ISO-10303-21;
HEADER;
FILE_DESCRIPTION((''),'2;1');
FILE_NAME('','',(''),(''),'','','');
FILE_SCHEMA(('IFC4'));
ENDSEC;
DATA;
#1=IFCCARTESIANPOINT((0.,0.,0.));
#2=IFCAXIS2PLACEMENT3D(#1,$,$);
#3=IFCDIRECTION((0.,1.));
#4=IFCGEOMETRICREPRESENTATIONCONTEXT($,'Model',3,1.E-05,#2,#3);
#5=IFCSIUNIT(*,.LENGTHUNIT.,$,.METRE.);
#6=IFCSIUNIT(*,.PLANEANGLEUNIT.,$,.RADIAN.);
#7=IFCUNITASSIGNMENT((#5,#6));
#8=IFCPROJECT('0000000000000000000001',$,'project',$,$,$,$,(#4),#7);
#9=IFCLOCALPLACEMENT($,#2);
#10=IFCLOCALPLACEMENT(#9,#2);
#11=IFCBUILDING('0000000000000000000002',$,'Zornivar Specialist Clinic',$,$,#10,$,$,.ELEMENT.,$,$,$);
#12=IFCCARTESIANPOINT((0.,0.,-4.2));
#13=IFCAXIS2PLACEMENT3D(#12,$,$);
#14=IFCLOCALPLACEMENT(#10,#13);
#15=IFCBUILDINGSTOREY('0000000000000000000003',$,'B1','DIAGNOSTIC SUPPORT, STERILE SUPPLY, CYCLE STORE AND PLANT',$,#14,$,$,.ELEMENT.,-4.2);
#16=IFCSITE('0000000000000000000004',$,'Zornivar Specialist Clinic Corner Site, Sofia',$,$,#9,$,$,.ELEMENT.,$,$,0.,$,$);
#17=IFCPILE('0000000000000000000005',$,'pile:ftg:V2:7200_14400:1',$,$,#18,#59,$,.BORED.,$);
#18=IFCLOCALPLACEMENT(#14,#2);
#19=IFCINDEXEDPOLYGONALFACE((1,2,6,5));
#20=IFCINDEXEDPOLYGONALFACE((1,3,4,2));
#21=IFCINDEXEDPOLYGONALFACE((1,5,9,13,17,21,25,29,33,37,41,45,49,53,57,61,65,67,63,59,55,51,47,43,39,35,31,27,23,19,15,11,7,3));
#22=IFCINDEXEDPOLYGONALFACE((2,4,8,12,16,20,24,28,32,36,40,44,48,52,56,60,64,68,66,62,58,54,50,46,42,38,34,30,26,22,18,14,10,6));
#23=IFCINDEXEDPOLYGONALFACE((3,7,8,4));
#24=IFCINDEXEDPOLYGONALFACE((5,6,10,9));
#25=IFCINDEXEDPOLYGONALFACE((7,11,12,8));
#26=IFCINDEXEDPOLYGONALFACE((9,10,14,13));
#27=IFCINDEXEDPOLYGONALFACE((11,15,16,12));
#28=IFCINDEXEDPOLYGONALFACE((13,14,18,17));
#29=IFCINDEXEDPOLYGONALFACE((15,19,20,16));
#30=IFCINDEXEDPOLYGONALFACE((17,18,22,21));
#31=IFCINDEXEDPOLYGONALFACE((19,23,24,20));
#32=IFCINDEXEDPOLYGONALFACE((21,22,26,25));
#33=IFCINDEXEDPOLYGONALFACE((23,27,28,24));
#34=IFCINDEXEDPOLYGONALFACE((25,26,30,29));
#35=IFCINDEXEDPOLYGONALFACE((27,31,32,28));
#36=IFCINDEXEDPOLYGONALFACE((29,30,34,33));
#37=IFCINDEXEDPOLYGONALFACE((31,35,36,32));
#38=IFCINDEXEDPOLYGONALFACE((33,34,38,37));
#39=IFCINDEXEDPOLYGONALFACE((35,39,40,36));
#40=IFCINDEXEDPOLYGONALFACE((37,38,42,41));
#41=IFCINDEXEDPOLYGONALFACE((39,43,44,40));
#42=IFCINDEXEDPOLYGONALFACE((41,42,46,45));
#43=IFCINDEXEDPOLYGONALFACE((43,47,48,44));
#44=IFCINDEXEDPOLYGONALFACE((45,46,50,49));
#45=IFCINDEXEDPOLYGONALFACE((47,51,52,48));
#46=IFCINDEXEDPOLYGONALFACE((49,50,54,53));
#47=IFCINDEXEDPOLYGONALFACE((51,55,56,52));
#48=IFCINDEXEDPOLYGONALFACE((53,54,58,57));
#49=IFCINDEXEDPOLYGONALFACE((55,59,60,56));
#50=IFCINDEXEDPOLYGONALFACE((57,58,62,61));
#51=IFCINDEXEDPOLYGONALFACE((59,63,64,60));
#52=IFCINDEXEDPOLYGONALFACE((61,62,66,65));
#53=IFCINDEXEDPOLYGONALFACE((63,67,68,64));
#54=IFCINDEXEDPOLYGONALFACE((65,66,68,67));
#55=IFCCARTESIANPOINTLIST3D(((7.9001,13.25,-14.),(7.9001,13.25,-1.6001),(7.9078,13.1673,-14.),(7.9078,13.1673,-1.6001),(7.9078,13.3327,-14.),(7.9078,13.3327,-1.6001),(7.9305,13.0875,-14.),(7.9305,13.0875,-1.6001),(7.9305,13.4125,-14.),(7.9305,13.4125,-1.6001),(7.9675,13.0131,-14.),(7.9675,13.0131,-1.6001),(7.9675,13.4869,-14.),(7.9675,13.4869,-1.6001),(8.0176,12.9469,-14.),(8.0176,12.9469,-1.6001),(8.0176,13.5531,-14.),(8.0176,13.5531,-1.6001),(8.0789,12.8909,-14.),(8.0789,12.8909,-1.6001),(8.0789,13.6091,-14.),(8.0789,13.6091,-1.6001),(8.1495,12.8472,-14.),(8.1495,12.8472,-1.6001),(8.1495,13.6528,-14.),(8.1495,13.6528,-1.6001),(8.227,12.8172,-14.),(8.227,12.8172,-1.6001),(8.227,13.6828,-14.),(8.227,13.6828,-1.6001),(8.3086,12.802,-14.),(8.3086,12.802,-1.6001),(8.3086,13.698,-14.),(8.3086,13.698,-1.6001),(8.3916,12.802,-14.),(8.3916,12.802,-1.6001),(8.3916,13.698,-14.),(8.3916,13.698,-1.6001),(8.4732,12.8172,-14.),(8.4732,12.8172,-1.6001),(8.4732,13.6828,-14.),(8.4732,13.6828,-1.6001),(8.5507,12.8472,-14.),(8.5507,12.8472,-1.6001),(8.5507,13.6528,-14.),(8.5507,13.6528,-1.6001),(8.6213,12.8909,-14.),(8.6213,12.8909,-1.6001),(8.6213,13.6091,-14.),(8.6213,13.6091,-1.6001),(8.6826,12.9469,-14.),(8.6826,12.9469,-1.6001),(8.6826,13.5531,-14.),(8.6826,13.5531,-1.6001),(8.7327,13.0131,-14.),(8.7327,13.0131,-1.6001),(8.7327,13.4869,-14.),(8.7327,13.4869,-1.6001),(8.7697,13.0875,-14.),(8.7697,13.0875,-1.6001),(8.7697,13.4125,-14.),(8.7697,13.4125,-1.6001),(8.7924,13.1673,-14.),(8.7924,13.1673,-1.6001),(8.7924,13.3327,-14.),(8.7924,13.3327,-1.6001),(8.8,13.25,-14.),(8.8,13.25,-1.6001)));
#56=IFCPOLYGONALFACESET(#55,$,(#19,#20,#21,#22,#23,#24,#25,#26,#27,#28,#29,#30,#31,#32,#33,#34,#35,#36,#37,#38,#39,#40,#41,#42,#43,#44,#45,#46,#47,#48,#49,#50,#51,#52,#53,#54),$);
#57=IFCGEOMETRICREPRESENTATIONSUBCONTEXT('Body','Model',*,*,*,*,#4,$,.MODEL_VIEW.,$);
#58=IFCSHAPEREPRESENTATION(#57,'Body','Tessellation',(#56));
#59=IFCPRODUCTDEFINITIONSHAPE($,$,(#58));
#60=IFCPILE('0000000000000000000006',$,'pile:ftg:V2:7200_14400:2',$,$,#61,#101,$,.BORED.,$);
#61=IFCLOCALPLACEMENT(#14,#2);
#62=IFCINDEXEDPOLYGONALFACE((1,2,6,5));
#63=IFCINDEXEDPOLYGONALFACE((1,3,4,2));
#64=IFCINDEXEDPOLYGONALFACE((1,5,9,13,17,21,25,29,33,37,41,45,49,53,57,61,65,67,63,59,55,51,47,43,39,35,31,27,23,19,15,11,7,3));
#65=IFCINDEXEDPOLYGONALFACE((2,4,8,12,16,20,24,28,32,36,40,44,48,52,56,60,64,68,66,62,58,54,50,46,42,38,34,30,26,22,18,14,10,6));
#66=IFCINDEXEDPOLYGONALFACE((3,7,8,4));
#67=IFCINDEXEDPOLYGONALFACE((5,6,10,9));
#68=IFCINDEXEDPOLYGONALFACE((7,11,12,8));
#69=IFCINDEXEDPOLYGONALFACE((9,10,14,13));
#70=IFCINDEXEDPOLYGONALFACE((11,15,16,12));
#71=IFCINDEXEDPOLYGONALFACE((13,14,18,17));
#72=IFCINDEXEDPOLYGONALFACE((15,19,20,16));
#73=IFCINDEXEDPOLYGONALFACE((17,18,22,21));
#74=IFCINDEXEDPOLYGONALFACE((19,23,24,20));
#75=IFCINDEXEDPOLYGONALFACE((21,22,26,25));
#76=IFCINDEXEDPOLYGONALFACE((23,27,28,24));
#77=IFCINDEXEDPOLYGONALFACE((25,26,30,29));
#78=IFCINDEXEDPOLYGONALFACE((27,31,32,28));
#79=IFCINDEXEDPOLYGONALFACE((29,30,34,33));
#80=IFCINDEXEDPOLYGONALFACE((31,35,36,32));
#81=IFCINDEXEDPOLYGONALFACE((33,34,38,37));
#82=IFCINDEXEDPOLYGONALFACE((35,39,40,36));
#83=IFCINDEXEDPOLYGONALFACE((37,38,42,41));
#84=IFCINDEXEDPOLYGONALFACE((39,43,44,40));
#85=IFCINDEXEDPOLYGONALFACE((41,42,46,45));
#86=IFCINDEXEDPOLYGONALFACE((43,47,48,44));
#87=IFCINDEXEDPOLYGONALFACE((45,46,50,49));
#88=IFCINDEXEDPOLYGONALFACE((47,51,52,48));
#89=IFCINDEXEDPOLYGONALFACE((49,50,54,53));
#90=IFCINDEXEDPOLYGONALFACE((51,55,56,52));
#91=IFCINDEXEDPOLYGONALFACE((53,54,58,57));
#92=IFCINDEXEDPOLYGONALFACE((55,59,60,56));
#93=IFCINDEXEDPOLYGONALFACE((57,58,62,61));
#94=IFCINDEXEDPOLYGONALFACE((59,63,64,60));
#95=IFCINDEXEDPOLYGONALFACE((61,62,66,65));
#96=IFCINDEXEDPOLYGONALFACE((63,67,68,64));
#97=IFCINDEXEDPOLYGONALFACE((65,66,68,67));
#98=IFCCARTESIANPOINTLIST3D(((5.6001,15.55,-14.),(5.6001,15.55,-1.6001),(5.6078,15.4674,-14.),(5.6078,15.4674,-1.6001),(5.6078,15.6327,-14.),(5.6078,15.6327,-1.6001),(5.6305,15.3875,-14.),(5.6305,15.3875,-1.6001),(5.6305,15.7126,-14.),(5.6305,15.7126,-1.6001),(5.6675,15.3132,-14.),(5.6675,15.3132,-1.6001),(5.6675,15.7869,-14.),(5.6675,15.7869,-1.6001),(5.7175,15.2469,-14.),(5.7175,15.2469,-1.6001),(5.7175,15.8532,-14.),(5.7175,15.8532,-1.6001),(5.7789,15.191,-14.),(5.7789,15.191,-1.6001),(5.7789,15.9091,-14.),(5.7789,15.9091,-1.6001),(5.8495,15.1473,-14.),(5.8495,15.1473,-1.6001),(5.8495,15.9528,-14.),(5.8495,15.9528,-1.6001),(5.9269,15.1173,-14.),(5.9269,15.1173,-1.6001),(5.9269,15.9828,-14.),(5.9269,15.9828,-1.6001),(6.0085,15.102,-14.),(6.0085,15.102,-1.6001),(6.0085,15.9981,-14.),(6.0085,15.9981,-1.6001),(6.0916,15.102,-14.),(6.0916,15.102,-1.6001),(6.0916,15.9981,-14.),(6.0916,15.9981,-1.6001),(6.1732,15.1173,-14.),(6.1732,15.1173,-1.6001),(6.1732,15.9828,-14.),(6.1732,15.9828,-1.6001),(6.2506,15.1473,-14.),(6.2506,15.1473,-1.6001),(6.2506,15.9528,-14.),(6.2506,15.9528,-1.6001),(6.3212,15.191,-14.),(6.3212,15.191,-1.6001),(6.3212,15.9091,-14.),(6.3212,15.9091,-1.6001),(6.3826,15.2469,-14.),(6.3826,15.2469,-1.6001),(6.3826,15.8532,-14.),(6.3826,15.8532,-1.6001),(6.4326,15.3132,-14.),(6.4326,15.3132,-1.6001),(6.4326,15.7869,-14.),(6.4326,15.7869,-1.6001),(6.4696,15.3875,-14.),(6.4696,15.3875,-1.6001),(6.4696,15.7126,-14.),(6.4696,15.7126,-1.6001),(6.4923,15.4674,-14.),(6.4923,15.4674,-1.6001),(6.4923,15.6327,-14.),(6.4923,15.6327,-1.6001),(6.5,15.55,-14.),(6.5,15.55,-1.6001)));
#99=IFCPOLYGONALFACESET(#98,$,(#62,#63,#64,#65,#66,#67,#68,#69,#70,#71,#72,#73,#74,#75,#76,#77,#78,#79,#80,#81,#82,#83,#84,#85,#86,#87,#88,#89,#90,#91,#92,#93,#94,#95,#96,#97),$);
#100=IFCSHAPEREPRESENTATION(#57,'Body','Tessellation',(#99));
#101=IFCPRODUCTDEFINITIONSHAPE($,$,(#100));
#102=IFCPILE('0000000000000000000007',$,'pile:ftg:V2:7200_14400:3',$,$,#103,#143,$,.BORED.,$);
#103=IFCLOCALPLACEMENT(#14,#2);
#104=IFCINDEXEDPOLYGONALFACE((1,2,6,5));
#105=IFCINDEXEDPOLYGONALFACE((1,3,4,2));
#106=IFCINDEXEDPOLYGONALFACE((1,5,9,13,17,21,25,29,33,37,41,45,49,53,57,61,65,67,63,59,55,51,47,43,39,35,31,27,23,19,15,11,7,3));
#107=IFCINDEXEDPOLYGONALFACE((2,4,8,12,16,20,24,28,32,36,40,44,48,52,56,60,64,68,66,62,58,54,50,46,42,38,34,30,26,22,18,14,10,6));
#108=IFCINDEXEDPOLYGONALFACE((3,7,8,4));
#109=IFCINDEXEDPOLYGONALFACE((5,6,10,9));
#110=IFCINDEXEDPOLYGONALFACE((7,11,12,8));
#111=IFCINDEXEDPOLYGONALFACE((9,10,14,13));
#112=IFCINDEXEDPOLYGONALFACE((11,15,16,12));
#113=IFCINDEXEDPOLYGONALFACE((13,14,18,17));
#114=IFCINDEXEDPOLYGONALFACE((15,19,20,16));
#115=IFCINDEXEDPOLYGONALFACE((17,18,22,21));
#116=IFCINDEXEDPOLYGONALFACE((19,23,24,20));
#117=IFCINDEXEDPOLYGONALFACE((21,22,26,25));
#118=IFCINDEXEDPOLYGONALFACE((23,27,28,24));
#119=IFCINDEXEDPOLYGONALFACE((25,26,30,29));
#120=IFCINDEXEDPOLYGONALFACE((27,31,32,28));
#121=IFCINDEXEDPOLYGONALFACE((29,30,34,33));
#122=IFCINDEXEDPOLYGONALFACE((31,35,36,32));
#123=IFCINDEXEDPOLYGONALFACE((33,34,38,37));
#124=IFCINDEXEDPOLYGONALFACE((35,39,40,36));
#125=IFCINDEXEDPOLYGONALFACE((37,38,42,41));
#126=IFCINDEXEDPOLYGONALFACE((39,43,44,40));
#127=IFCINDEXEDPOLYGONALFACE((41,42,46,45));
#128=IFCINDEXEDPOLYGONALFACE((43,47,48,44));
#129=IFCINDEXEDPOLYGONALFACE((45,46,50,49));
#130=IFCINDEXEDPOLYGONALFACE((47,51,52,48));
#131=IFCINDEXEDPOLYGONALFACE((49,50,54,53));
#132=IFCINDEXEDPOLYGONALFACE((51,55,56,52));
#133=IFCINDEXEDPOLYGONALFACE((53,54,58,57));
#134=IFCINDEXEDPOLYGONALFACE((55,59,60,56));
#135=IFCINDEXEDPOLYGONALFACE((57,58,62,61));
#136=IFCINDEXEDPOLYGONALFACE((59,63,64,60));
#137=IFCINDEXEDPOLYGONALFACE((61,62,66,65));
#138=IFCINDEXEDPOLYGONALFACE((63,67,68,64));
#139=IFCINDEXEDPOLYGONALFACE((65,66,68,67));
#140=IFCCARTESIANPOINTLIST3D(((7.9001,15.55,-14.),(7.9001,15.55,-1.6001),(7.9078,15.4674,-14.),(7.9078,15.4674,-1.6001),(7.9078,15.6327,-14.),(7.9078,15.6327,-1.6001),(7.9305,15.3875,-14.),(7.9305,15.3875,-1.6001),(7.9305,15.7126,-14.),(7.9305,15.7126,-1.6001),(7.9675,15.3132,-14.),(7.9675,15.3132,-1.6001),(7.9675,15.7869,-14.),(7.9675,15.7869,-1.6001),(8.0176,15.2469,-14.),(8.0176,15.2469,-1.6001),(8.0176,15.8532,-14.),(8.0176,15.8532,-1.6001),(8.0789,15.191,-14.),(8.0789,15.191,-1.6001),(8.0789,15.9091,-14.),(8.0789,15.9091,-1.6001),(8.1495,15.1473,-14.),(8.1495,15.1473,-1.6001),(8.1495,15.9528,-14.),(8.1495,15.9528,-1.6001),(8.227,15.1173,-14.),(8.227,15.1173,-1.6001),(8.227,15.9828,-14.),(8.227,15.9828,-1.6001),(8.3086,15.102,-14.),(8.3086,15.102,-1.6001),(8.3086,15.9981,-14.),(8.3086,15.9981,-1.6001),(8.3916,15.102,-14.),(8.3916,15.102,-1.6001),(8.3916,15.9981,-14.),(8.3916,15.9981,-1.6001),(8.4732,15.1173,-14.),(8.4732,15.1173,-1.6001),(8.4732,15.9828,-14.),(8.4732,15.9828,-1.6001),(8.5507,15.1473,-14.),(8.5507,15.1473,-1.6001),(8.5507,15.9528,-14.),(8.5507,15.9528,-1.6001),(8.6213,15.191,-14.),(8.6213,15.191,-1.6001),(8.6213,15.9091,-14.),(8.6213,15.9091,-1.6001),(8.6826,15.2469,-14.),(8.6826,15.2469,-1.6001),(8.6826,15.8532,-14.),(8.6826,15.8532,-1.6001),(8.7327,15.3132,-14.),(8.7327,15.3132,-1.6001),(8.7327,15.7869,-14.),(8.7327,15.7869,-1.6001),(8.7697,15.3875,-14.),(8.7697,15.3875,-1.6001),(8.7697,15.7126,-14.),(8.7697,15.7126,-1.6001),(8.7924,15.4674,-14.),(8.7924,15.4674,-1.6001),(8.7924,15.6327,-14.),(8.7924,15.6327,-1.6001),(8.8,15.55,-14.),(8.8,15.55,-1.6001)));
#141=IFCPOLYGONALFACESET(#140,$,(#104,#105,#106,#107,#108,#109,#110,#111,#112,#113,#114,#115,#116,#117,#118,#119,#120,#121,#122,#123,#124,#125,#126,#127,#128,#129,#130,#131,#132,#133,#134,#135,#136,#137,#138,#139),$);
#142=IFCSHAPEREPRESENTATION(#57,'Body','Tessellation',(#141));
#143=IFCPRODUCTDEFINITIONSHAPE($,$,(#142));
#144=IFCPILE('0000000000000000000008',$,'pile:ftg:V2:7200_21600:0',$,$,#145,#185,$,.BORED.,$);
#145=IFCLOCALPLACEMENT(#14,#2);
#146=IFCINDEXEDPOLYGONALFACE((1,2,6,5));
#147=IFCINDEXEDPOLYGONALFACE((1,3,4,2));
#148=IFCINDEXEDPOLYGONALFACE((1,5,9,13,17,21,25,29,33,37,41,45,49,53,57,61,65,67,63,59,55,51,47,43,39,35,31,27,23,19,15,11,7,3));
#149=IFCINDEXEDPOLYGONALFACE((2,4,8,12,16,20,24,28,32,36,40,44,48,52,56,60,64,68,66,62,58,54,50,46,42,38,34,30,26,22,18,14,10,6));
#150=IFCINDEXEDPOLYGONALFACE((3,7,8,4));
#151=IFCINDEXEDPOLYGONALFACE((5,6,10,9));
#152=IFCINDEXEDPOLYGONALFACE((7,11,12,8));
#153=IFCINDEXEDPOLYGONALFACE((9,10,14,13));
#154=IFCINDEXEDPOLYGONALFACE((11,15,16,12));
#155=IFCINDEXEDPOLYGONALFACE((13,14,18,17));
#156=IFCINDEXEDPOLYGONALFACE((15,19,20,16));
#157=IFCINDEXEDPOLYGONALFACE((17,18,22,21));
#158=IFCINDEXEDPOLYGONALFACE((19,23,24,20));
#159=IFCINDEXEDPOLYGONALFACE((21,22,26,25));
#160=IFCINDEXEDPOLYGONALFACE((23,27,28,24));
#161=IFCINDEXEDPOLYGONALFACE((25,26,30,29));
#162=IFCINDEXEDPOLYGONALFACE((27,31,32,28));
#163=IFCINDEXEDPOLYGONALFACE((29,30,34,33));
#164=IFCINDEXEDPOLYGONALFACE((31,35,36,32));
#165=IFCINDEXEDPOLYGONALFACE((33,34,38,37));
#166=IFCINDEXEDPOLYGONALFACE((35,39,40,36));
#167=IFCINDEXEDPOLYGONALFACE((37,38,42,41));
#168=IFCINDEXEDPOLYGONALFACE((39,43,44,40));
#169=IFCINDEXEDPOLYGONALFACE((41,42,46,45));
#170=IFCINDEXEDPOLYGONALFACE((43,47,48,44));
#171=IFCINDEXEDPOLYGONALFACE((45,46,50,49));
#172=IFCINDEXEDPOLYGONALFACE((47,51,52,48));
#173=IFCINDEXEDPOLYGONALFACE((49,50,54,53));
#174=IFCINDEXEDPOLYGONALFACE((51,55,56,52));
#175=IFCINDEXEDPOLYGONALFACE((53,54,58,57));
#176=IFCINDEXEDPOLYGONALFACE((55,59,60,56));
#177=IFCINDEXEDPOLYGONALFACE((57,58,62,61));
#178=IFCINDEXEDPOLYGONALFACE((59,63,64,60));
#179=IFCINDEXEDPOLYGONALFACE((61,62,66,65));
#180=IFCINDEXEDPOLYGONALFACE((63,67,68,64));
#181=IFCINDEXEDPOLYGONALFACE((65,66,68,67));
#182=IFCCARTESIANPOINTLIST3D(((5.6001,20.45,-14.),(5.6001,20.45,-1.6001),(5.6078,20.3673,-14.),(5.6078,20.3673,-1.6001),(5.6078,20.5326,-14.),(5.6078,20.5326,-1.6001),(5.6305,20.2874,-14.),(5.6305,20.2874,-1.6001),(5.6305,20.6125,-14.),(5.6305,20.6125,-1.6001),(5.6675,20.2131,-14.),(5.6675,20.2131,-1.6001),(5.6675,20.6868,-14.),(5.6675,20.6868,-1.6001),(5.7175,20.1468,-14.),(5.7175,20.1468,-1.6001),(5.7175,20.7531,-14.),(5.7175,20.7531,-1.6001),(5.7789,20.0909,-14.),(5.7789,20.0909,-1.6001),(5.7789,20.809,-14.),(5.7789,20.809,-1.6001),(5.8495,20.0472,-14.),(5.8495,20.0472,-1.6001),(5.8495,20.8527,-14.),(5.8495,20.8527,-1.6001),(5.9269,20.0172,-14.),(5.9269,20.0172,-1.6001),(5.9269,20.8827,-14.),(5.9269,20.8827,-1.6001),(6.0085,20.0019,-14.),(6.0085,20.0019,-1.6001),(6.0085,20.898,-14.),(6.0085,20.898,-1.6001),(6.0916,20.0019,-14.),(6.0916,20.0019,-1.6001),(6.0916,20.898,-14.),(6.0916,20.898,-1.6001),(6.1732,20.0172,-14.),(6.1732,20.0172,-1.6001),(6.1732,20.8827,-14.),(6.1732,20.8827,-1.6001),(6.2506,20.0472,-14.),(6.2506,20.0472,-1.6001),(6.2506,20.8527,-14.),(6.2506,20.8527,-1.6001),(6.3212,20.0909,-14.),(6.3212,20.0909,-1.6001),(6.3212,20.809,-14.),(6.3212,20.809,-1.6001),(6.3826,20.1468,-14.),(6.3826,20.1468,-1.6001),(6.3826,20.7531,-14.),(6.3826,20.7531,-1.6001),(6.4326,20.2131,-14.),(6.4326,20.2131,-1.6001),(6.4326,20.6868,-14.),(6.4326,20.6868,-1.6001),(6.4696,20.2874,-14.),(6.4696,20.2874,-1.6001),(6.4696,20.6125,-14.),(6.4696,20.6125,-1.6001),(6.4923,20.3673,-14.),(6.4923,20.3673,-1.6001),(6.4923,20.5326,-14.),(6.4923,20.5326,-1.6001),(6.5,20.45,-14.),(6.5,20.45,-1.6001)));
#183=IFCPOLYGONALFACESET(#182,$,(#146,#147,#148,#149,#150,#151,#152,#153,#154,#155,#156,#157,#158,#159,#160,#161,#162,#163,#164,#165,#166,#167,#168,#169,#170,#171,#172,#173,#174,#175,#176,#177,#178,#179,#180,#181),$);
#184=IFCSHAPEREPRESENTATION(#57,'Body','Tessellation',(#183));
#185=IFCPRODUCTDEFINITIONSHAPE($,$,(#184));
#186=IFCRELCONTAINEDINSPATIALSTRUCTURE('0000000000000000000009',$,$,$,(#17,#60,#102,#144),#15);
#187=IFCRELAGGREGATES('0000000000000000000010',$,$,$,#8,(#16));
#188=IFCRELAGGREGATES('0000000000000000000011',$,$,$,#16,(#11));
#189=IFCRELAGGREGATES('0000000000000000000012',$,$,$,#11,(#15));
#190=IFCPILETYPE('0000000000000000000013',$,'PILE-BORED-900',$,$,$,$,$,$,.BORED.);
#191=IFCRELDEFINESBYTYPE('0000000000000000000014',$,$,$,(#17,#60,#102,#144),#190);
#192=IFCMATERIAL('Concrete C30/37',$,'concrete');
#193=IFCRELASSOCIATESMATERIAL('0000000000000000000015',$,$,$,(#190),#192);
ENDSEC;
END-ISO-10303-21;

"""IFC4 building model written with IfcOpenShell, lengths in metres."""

from ifc_helpers import new_model, si_unit, direction, frame, origin, origin_2d, place, context, subcontext, project, spatial, circle, extrude, material, material_profile, profile_set, type_object, element, save


model = new_model("IFC4")

# Units and contexts
model_context = context("Model", 3, precision=1e-05, world=origin(), true_north=direction((0.0, 1.0)))
body_context = subcontext(model_context, "Body", "Model", "MODEL_VIEW")
ifc_project = project(units=[si_unit("LENGTHUNIT", "METRE"), si_unit("PLANEANGLEUNIT", "RADIAN")], contexts=[model_context])

# Site, building, storey
site_placement = place(None, origin())
site = spatial("IfcSite", under=ifc_project, at=site_placement, Name="Zornivar Specialist Clinic Corner Site, Sofia", CompositionType="ELEMENT", RefElevation=0.0)
building_placement = place(site_placement, origin())
building = spatial("IfcBuilding", under=site, at=building_placement, Name="Zornivar Specialist Clinic", CompositionType="ELEMENT")
storey_placement = place(building_placement, frame((0.0, 0.0, -4.2)))
storey = spatial("IfcBuildingStorey", under=building, at=storey_placement, Name="B1", Description="DIAGNOSTIC SUPPORT, STERILE SUPPLY, CYCLE STORE AND PLANT", CompositionType="ELEMENT", Elevation=-4.2)

# Piles
ifc_material_1 = material(Name="Concrete C30/37", Category="concrete")
ifc_material_profile_1 = material_profile(ifc_material_1, circle(Radius=0.45, at=origin_2d()), Name="PILE D900")
ifc_profile_set_1 = profile_set([ifc_material_profile_1], Name="Concrete C30/37")
pile_type_1 = type_object("IfcPileType", Name="PILE-BORED-900", PredefinedType="BORED", material=ifc_profile_set_1)
for number, where, z_axis, x_axis, name in (
    (1, (8.3501, 13.25, -1.6001), (0.0, 0.0, -1.0), (1.0, 0.0, 0.0), "pile:ftg:V2:7200_14400:1"),
    (2, (6.05, 15.55, -1.6001), (0.0, 0.0, -1.0), (1.0, 0.0, 0.0), "pile:ftg:V2:7200_14400:2"),
    (3, (8.3501, 15.55, -1.6001), (0.0, 0.0, -1.0), (1.0, 0.0, 0.0), "pile:ftg:V2:7200_14400:3"),
    (4, (6.05, 20.45, -1.6001), (0.0, 0.0, -1.0), (1.0, 0.0, 0.0), "pile:ftg:V2:7200_21600:0"),
):
    element("IfcPile", number, at=place(storey_placement, frame(where, z_axis=z_axis, x_axis=x_axis)), inside=storey, type_object=pile_type_1, Name=name, PredefinedType="BORED", context=body_context, shape_type="SweptSolid", body=[
        extrude(circle(Radius=0.45, at=origin_2d()), origin(), (0.0, 0.0, 1.0), 12.3999),
    ])

save(model, "model.ifc")
